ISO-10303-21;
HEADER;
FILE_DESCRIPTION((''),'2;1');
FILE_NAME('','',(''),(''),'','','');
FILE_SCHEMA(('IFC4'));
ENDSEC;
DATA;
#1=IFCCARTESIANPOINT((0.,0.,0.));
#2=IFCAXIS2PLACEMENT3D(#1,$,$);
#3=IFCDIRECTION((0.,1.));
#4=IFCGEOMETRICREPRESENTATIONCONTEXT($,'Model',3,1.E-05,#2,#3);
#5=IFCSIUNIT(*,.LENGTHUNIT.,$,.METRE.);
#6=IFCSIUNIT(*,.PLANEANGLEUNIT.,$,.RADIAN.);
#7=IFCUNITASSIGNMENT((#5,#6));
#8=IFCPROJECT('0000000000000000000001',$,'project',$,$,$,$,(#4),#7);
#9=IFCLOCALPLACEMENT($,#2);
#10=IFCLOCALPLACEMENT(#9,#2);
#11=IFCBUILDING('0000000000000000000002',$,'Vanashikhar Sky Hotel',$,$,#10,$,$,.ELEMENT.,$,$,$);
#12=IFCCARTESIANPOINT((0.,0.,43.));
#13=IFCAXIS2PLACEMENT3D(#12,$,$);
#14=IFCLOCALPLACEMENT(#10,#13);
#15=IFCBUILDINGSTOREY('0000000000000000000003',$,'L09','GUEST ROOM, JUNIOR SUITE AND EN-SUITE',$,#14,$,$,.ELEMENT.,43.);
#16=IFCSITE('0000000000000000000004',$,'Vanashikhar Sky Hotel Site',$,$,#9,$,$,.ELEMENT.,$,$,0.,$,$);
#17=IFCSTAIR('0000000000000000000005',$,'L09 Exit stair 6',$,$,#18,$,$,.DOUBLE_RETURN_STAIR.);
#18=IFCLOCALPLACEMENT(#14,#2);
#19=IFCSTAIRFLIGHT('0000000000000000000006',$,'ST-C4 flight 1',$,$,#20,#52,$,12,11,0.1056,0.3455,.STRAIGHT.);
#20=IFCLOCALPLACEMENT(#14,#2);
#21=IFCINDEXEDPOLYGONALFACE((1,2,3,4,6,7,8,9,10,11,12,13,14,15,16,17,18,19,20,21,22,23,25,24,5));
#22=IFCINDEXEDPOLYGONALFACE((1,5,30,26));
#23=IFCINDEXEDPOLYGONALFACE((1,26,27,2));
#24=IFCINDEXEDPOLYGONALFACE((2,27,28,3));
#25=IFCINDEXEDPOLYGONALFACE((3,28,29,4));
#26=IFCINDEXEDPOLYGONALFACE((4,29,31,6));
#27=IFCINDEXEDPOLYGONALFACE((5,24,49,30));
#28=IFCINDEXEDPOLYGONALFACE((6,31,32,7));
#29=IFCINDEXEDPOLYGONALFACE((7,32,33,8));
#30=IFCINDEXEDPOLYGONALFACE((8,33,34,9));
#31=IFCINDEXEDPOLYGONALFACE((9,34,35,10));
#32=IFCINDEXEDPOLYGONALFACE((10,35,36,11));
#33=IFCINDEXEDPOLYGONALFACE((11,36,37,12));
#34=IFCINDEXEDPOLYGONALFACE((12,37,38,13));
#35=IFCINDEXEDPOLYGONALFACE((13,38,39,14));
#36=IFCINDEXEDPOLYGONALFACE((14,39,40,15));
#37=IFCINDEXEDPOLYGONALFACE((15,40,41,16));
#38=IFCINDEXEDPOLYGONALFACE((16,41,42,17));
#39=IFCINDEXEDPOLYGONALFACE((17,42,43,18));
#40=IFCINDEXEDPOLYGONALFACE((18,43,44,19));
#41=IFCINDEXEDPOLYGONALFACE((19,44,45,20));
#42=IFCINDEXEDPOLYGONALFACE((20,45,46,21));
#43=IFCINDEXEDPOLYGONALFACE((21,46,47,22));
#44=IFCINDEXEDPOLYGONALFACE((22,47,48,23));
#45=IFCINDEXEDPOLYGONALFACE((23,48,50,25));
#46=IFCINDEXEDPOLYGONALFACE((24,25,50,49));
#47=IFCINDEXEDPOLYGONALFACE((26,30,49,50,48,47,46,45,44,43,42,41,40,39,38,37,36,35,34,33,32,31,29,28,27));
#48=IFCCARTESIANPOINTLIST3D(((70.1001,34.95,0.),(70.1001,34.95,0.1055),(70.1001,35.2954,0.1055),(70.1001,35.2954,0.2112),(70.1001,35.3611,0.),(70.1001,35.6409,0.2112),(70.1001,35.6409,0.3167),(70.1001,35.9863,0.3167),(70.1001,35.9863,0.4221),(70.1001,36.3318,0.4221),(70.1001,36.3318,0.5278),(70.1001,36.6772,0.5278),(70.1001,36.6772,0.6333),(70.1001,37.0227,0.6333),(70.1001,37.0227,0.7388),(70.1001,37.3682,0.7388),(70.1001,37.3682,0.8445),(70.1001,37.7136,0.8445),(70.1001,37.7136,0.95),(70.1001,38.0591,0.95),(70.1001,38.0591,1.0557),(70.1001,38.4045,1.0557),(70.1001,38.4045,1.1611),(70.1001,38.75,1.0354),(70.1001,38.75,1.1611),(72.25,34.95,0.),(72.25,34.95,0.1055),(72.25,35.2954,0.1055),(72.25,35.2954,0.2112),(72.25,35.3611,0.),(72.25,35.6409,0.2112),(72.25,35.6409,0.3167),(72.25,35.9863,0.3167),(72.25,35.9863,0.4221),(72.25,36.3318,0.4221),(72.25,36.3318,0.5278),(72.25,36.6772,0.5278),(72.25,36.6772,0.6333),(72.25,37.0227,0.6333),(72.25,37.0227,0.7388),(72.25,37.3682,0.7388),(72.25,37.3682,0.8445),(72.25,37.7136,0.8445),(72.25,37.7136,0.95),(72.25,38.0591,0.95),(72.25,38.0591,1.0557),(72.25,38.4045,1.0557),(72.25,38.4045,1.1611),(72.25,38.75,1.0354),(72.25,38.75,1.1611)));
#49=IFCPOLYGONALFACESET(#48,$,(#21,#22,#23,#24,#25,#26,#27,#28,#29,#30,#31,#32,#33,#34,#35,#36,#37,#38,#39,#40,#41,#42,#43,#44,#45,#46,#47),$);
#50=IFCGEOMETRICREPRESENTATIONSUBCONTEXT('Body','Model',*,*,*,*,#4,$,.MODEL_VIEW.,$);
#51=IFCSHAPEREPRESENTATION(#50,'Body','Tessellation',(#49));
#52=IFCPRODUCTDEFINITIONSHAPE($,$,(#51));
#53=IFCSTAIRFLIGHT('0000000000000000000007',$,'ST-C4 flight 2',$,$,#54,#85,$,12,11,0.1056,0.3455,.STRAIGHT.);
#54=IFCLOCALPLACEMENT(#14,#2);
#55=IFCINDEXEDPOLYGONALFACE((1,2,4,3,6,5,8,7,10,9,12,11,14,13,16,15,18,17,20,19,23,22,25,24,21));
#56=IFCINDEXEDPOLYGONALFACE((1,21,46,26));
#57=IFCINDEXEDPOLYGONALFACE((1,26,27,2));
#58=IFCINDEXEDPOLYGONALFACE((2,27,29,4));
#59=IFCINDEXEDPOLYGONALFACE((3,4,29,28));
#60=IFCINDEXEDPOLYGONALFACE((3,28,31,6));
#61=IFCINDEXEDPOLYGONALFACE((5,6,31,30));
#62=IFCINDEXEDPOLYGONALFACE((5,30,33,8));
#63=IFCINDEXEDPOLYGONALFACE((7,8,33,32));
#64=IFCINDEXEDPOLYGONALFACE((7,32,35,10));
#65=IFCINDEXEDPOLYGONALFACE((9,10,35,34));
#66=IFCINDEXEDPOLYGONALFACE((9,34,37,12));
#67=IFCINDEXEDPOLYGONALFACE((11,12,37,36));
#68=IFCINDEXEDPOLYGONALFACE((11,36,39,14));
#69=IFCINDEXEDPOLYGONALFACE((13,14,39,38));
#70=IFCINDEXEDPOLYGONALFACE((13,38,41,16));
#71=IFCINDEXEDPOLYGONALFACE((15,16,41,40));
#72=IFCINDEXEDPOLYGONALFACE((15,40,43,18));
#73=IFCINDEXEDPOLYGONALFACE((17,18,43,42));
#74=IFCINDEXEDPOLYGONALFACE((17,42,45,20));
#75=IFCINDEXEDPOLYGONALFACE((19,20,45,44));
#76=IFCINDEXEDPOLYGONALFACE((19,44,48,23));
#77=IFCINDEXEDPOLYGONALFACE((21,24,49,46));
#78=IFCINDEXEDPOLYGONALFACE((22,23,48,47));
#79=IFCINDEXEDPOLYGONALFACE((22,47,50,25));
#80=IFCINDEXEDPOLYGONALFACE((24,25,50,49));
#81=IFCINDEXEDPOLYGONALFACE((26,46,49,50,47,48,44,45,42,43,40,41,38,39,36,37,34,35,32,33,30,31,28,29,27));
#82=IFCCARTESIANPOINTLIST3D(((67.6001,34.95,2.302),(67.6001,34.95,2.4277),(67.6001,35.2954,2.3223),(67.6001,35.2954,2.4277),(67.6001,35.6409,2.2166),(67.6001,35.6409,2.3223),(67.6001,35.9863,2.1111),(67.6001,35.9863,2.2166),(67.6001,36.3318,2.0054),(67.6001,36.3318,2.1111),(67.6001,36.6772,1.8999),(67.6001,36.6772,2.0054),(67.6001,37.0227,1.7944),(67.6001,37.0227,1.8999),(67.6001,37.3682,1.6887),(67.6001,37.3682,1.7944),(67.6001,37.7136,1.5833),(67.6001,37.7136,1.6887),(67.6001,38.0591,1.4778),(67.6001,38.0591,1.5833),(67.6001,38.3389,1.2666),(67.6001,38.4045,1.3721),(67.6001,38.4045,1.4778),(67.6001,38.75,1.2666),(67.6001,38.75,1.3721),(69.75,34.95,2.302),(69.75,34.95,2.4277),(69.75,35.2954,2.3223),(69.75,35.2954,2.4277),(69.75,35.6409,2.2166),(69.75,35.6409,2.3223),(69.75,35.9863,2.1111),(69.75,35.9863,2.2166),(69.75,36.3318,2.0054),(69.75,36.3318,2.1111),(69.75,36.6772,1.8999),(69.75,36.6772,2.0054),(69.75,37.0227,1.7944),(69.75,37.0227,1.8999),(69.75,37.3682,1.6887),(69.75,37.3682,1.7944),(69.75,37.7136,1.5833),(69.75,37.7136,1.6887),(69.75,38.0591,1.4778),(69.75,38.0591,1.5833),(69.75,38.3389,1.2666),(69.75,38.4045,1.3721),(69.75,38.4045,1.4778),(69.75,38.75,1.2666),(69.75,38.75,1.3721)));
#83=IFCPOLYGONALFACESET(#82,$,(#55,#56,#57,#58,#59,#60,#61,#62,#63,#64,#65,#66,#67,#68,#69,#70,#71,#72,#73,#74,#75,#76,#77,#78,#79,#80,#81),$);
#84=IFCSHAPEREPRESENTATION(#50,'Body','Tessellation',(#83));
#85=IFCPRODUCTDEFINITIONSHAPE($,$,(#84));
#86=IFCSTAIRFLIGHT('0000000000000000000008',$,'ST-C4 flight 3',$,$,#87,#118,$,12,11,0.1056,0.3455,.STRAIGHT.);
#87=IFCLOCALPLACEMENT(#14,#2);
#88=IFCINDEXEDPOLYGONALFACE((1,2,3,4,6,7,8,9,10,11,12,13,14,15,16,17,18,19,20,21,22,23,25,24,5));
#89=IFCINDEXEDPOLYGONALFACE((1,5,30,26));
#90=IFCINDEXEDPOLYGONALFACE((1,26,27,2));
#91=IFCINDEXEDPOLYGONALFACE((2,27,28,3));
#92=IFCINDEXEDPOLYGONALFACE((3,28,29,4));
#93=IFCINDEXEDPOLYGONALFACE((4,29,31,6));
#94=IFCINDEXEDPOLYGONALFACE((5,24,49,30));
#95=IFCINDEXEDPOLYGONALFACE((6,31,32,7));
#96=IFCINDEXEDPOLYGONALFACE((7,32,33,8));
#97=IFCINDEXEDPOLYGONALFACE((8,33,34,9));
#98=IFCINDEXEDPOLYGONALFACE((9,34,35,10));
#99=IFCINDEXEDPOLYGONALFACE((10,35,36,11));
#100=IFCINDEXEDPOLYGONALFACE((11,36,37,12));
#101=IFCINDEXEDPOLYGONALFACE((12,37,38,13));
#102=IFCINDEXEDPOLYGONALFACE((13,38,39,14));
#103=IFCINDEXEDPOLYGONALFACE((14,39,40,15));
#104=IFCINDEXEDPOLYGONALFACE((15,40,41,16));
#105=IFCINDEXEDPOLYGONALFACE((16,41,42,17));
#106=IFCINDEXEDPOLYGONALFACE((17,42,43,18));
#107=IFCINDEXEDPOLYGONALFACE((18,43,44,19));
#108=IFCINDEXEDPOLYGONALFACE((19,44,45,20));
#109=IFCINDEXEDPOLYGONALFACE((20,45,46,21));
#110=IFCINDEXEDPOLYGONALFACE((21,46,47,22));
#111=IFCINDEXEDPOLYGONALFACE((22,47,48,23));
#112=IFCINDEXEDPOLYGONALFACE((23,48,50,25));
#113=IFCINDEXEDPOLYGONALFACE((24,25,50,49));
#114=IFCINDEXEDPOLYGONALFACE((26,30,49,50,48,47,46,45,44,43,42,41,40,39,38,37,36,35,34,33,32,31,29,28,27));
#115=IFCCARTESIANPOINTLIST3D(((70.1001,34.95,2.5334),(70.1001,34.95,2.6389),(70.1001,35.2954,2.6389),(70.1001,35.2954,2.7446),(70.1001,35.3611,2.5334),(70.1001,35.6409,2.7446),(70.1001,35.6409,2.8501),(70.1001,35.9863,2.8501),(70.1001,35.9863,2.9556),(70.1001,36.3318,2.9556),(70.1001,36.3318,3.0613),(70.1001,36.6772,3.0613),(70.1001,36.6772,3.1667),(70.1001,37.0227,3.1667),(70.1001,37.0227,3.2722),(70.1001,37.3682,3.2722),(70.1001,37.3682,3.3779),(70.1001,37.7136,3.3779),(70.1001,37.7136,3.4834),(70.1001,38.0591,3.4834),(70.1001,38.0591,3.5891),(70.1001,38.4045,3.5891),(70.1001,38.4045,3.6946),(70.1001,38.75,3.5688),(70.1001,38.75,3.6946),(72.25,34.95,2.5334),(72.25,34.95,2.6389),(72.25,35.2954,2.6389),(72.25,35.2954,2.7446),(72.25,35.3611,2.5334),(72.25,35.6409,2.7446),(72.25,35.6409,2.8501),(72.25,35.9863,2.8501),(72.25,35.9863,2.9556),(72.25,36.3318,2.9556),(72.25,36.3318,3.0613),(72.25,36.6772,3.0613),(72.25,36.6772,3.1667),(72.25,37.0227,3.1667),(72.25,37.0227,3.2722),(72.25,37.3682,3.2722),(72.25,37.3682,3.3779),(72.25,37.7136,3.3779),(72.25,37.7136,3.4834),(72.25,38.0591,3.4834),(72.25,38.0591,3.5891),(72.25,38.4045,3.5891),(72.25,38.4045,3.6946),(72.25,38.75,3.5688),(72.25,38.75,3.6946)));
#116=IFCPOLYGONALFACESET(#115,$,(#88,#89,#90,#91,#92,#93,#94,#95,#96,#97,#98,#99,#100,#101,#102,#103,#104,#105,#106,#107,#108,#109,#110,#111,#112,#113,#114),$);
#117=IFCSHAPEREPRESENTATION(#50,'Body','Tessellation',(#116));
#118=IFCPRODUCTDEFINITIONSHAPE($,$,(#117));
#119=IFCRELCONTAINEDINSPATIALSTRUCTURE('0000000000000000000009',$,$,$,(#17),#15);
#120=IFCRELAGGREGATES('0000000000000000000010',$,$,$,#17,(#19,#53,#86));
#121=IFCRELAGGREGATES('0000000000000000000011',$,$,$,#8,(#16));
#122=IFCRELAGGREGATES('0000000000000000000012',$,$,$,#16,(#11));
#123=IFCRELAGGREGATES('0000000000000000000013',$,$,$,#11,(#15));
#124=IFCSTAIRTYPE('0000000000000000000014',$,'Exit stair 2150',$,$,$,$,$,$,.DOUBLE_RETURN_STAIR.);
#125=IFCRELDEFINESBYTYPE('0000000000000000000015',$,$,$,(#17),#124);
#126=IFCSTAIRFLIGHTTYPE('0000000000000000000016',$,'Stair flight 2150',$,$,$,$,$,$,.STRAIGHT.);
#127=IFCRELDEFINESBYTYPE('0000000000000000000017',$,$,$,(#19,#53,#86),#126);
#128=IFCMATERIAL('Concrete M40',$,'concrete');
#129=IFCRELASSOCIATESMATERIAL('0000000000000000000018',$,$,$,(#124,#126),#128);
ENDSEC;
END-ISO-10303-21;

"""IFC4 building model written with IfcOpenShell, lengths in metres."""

from ifc_helpers import new_model, si_unit, direction, frame, origin, place, context, subcontext, project, spatial, polyline, outline, extrude, source, transform, mapped, material, type_object, element, aggregate, save


model = new_model("IFC4")

# Units and contexts
model_context = context("Model", 3, precision=1e-05, world=origin(), true_north=direction((0.0, 1.0)))
body_context = subcontext(model_context, "Body", "Model", "MODEL_VIEW")
ifc_project = project(units=[si_unit("LENGTHUNIT", "METRE"), si_unit("PLANEANGLEUNIT", "RADIAN")], contexts=[model_context])

# Site, building, storey
site_placement = place(None, origin())
site = spatial("IfcSite", under=ifc_project, at=site_placement, Name="Vanashikhar Sky Hotel Site", CompositionType="ELEMENT", RefElevation=0.0)
building_placement = place(site_placement, origin())
building = spatial("IfcBuilding", under=site, at=building_placement, Name="Vanashikhar Sky Hotel", CompositionType="ELEMENT")
storey_placement = place(building_placement, frame((0.0, 0.0, 43.0)))
storey = spatial("IfcBuildingStorey", under=building, at=storey_placement, Name="L09", Description="GUEST ROOM, JUNIOR SUITE AND EN-SUITE", CompositionType="ELEMENT", Elevation=43.0)

# Shared definitions
ifc_material_1 = material(Name="Concrete M40", Category="concrete")
stair_type = type_object("IfcStairType", Name="Exit stair 2150", PredefinedType="DOUBLE_RETURN_STAIR", material=ifc_material_1)
stair_flight_type = type_object("IfcStairFlightType", Name="Stair flight 2150", PredefinedType="STRAIGHT", material=ifc_material_1)
shared_shape_1 = source(origin(), body_context, "Body", "SweptSolid", [
    extrude(outline(polyline([(0.0, 0.0), (0.0, 0.1055), (0.3455, 0.1055), (0.3455, 0.2112), (0.6909, 0.2112), (0.6909, 0.3167), (1.0364, 0.3167), (1.0364, 0.4221), (1.3818, 0.4221), (1.3818, 0.5278), (1.7273, 0.5278), (1.7273, 0.6333), (2.0728, 0.6333), (2.0728, 0.7388), (2.4182, 0.7388), (2.4182, 0.8445), (2.7637, 0.8445), (2.7637, 0.95), (3.1091, 0.95), (3.1091, 1.0557), (3.4546, 1.0557), (3.4546, 1.1611), (3.8, 1.1611), (3.8, 1.2666), (3.8, 1.0354), (0.4111, 0.0), (0.0, 0.0)])), frame((0.0, 1.075, 0.0), z_axis=(0.0, -1.0, 0.0), x_axis=(1.0, 0.0, 0.0)), (0.0, 0.0, 1.0), 2.1499),
])

# Stair, stair flights
stair_1_placement = place(storey_placement, origin())
stair_1 = element("IfcStair", 1, at=stair_1_placement, inside=storey, type_object=stair_type, Name="L09 Exit stair 6", PredefinedType="DOUBLE_RETURN_STAIR")
stair_flight_1_placement = place(storey_placement, frame((71.175, 34.95, 0.0), z_axis=(0.0, 0.0, 1.0), x_axis=(0.0, 1.0, 0.0)))
stair_flight_1 = element("IfcStairFlight", 2, at=stair_flight_1_placement, type_object=stair_flight_type, Name="ST-C4 flight 1", NumberOfRisers=12, NumberOfTreads=11, PredefinedType="STRAIGHT", RiserHeight=0.1056, TreadLength=0.3455, context=body_context, shape_type="MappedRepresentation", body=[
    mapped(shared_shape_1, transform((0.0, 0.0, 0.0), scale=1.0)),
])
stair_flight_2_placement = place(storey_placement, frame((68.675, 38.75, 1.2666), z_axis=(0.0, 0.0, 1.0), x_axis=(0.0, -1.0, 0.0)))
stair_flight_2 = element("IfcStairFlight", 3, at=stair_flight_2_placement, type_object=stair_flight_type, Name="ST-C4 flight 2", NumberOfRisers=12, NumberOfTreads=11, PredefinedType="STRAIGHT", RiserHeight=0.1056, TreadLength=0.3455, context=body_context, shape_type="MappedRepresentation", body=[
    mapped(shared_shape_1, transform((0.0, 0.0, 0.0), scale=1.0)),
])
stair_flight_3_placement = place(storey_placement, frame((71.175, 34.95, 2.5334), z_axis=(0.0, 0.0, 1.0), x_axis=(0.0, 1.0, 0.0)))
stair_flight_3 = element("IfcStairFlight", 4, at=stair_flight_3_placement, type_object=stair_flight_type, Name="ST-C4 flight 3", NumberOfRisers=12, NumberOfTreads=11, PredefinedType="STRAIGHT", RiserHeight=0.1056, TreadLength=0.3455, context=body_context, shape_type="MappedRepresentation", body=[
    mapped(shared_shape_1, transform((0.0, 0.0, 0.0), scale=1.0)),
])
aggregate(stair_1, [stair_flight_1, stair_flight_2, stair_flight_3])

save(model, "model.ifc")
